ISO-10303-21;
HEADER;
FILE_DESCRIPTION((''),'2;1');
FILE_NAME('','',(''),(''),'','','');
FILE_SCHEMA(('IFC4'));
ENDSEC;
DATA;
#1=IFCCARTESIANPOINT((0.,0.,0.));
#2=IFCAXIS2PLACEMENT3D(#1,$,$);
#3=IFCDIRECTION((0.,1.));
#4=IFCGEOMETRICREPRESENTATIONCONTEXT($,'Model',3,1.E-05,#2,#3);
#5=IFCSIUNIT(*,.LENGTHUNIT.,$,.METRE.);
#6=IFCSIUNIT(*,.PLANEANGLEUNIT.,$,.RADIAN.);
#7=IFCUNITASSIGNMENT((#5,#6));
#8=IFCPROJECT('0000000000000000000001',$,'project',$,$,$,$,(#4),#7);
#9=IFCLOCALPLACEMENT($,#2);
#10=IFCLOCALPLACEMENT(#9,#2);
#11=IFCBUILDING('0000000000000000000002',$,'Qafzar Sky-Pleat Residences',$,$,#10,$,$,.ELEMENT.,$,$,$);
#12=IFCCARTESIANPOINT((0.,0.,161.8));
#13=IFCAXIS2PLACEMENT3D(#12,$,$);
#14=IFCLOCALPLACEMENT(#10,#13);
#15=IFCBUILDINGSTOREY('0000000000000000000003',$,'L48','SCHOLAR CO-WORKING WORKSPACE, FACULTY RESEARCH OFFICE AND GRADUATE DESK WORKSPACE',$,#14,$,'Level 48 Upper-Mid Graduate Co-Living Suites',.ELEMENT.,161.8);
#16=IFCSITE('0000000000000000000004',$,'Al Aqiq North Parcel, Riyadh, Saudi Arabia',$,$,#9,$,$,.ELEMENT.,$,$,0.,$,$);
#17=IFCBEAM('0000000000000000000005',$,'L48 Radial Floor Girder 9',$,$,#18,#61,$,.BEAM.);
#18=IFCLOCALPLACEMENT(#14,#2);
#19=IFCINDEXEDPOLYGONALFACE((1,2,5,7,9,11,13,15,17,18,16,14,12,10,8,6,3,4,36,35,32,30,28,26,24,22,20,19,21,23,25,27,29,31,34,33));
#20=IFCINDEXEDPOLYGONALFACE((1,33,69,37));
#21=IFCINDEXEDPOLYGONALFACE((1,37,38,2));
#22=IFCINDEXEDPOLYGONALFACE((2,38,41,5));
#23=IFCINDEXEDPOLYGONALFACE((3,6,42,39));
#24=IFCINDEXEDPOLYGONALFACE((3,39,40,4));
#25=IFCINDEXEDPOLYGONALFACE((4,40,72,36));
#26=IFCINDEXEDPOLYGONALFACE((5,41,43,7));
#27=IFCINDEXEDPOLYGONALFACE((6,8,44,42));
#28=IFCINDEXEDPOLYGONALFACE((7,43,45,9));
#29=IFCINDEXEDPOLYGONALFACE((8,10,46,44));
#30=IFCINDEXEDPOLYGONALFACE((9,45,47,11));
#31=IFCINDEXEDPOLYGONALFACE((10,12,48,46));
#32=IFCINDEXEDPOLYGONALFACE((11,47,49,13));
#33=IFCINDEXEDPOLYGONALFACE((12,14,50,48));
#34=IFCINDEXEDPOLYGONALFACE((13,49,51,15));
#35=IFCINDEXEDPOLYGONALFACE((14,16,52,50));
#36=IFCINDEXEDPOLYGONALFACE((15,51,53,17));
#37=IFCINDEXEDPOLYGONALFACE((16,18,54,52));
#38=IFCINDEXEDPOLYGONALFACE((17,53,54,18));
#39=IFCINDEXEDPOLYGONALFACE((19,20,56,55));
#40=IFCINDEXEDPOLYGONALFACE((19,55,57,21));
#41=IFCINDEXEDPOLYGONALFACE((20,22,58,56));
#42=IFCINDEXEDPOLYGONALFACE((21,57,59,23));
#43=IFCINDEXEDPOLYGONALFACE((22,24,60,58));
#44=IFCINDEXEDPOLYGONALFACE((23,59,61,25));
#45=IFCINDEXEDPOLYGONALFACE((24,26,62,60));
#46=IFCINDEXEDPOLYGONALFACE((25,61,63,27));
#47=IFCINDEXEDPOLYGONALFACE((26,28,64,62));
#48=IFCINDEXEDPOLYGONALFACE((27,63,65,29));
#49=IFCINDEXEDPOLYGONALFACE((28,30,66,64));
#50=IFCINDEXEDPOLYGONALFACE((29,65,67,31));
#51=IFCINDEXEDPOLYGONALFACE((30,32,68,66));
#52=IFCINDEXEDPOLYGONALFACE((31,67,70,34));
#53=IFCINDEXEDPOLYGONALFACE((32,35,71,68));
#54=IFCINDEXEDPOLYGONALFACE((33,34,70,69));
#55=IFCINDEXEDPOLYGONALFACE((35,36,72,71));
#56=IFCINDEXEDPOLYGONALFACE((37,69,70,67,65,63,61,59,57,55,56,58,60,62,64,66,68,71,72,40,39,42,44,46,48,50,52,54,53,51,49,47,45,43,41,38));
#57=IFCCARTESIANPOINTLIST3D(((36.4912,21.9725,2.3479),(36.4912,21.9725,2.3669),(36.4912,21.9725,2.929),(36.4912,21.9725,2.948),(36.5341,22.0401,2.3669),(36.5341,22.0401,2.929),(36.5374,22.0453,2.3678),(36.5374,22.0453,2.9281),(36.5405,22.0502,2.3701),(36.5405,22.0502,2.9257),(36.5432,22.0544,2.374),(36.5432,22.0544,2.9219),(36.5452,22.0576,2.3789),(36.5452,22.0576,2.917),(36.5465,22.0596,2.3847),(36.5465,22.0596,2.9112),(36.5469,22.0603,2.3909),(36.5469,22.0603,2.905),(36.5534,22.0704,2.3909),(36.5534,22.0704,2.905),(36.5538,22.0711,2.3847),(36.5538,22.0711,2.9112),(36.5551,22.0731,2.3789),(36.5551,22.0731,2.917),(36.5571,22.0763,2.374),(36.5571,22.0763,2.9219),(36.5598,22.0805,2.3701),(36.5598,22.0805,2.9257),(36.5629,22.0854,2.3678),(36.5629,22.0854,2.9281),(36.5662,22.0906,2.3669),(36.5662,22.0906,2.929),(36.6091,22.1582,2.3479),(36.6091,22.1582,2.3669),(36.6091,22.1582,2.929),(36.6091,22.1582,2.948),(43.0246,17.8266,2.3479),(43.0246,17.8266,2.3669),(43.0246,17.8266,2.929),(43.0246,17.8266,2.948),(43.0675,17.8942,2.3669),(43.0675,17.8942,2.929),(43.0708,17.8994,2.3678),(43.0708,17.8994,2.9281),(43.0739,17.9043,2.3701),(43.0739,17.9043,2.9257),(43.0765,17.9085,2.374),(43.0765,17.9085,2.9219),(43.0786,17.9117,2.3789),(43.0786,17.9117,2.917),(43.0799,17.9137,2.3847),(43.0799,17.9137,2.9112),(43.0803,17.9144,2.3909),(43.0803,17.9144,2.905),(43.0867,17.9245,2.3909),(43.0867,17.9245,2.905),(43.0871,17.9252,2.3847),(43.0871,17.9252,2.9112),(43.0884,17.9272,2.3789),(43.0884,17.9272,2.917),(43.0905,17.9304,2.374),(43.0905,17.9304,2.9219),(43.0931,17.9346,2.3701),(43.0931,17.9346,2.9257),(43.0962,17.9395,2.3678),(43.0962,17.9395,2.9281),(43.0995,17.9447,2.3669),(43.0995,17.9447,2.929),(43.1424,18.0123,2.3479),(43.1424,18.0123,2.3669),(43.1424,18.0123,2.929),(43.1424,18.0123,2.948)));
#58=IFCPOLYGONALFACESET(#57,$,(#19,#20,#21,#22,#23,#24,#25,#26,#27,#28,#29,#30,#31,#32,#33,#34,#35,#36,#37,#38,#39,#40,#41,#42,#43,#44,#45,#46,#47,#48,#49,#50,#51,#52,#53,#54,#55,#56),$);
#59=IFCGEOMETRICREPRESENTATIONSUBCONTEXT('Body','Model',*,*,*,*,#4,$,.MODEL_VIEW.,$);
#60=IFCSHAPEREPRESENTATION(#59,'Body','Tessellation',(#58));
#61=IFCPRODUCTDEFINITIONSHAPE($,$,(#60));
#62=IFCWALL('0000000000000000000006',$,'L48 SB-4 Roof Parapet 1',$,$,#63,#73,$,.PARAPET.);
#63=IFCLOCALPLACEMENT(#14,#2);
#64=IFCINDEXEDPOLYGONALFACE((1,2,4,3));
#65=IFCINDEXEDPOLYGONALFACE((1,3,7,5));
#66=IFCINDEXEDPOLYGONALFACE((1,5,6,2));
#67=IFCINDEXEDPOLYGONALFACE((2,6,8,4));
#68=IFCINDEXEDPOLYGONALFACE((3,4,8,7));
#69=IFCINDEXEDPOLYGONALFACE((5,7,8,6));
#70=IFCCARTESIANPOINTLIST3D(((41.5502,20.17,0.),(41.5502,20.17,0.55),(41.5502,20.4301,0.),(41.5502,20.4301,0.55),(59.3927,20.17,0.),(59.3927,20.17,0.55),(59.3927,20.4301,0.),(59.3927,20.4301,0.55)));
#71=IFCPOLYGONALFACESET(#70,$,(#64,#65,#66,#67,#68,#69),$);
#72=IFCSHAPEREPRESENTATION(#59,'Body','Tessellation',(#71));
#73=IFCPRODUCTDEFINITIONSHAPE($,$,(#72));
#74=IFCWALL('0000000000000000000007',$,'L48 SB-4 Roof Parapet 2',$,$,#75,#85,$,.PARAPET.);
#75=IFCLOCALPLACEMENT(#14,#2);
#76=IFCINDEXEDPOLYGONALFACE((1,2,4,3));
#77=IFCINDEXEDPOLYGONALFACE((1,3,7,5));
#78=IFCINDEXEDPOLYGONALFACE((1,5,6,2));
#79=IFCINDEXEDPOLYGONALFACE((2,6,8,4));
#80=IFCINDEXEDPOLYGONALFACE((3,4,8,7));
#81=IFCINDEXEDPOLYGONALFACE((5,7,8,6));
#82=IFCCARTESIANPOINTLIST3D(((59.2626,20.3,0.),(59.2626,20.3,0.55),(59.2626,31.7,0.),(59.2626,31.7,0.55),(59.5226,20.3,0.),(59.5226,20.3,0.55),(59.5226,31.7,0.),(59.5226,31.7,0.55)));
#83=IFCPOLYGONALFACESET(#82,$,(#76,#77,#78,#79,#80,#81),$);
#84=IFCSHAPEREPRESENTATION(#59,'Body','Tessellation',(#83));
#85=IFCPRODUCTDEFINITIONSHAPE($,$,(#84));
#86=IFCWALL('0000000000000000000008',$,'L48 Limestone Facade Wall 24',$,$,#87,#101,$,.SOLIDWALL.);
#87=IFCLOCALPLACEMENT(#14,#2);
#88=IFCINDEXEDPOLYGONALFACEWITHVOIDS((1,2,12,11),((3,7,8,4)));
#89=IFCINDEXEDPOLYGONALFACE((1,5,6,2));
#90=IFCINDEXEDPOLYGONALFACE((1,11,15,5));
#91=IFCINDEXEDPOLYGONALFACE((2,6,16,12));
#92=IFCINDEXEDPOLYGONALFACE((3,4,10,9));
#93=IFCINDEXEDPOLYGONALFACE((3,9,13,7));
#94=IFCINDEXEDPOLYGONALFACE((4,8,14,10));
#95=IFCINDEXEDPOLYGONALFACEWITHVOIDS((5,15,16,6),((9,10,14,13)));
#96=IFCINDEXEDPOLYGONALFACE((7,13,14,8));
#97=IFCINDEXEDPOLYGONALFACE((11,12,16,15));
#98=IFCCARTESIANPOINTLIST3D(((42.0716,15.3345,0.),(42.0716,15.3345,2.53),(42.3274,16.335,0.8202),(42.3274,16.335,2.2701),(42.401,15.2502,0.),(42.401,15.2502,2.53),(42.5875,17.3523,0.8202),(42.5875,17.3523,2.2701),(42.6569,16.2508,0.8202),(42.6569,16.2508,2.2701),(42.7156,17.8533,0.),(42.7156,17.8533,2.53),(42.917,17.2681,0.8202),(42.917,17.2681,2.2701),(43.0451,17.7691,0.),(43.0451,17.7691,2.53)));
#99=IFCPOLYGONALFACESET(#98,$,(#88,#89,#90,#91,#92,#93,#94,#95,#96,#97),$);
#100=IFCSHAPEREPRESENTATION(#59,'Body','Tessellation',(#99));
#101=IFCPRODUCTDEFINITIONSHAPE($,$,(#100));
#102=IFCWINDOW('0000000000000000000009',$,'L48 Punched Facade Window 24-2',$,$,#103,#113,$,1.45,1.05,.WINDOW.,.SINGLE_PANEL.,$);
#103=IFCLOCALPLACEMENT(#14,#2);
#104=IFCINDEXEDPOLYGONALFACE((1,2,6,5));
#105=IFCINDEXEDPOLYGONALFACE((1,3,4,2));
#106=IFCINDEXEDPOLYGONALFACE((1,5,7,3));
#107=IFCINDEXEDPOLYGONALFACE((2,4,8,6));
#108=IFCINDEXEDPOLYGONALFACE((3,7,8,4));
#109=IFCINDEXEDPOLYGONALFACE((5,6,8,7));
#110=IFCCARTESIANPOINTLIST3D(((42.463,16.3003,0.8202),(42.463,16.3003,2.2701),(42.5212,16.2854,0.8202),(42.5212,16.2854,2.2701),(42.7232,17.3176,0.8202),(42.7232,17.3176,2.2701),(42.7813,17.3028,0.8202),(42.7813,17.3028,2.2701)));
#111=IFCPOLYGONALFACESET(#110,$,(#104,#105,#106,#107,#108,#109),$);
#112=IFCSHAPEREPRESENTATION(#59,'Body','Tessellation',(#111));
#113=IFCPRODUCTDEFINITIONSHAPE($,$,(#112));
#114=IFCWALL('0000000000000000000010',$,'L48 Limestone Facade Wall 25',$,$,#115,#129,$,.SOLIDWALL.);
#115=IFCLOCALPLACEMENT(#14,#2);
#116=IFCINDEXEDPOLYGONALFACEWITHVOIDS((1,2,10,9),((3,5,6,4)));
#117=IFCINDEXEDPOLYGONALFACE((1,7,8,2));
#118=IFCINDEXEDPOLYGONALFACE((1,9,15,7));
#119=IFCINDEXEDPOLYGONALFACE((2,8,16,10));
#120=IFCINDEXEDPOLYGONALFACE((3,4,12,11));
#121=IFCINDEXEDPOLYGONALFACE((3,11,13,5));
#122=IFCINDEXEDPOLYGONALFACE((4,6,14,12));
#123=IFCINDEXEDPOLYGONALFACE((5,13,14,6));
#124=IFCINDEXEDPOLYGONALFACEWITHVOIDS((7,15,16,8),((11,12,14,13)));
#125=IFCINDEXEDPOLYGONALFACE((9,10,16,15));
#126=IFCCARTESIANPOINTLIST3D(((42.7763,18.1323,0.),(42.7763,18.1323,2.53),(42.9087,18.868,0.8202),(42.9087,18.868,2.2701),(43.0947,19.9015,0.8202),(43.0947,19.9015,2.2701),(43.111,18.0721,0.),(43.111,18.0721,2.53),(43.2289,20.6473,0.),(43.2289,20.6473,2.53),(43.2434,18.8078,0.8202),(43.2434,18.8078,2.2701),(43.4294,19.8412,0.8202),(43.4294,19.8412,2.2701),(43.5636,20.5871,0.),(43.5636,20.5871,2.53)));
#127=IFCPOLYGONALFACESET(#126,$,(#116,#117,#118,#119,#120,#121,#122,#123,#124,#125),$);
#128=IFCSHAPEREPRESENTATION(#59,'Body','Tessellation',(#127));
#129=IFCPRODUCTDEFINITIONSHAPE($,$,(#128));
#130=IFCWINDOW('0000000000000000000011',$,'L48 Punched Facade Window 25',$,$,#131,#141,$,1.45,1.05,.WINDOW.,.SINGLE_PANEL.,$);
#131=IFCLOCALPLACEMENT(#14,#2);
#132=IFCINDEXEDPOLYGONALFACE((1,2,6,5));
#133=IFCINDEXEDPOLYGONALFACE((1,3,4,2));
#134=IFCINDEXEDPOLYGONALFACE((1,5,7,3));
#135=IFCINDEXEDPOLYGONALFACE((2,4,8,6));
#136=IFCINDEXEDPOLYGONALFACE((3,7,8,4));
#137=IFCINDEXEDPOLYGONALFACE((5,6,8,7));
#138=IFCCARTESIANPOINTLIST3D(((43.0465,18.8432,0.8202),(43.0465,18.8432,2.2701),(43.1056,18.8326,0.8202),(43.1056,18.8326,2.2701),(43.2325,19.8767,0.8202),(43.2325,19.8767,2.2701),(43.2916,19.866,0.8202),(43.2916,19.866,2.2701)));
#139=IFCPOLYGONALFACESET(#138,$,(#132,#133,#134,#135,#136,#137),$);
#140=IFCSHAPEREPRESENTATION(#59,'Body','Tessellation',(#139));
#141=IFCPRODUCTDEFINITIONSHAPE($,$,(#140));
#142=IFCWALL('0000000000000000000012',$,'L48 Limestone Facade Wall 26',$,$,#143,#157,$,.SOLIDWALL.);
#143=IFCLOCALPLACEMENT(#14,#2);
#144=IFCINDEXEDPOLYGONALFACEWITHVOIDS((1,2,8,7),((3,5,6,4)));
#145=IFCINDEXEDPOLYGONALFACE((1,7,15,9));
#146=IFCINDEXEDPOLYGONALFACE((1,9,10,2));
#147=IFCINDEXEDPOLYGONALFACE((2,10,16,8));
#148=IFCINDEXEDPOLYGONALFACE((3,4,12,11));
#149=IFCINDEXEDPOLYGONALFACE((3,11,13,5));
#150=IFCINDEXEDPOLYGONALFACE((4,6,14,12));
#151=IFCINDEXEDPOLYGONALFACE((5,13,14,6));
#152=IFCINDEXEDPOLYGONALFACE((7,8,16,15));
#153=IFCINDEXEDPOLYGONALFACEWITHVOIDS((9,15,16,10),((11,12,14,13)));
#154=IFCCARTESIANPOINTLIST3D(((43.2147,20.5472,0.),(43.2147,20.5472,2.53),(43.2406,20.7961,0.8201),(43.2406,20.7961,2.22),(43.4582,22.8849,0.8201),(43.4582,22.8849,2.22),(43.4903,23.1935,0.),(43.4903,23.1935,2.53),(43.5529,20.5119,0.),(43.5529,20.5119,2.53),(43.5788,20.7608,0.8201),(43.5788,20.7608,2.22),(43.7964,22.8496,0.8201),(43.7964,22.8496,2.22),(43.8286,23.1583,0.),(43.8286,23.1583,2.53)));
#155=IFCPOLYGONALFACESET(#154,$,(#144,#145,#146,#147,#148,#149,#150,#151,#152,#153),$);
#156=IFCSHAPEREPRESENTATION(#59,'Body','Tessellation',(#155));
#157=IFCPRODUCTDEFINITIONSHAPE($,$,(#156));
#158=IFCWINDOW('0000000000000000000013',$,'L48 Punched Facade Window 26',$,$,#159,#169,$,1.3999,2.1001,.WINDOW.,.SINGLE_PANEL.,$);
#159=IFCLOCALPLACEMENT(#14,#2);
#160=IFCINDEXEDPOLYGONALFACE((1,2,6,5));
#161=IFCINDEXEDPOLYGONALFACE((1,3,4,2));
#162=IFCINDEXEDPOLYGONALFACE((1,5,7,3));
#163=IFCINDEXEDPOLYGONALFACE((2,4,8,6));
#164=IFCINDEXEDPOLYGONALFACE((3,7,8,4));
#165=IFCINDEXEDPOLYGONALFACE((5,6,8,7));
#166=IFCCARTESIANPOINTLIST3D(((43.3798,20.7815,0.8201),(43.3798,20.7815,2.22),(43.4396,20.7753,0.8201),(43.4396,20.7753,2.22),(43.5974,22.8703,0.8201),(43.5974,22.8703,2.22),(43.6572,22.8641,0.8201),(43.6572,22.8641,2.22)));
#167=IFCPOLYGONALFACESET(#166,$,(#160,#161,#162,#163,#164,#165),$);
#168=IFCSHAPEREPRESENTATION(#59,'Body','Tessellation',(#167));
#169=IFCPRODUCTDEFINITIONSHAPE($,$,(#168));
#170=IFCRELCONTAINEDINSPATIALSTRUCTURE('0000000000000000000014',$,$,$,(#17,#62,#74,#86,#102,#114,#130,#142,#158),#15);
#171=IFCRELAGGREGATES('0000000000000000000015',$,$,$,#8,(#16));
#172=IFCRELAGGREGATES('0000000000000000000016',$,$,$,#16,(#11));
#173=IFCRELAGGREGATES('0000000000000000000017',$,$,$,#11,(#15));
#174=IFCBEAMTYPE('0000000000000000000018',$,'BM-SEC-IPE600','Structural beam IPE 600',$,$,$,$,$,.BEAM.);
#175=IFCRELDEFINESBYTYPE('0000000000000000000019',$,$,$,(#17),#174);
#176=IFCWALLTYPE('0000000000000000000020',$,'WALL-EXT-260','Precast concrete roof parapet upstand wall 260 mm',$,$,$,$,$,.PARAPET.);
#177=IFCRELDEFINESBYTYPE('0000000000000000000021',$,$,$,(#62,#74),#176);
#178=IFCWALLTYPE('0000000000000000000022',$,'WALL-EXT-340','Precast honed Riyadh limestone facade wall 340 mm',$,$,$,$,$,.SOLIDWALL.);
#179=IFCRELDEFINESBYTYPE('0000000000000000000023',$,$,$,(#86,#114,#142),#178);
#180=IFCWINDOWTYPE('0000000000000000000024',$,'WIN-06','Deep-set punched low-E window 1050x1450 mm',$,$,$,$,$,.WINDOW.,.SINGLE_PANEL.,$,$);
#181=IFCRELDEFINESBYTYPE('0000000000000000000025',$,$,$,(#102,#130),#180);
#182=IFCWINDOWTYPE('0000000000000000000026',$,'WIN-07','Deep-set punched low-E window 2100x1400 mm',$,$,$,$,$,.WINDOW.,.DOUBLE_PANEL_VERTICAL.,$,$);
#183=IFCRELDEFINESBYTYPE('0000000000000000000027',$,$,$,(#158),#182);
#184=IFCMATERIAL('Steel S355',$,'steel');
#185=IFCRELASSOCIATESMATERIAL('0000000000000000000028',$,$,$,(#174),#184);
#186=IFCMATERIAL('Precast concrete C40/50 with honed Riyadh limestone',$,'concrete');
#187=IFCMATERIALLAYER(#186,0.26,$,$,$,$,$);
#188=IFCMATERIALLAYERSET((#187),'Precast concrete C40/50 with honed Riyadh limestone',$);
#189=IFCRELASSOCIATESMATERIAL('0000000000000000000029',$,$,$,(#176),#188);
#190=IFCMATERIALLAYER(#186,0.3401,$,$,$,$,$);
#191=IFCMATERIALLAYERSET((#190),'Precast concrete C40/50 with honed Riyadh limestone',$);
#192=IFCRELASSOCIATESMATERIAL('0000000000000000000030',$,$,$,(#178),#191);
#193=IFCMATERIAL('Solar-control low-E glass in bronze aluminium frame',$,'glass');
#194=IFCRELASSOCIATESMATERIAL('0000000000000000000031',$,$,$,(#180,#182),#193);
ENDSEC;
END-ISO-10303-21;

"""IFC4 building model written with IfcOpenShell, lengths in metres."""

from ifc_helpers import new_model, si_unit, direction, frame, frame_2d, origin, origin_2d, place, context, subcontext, project, spatial, rectangle, i_section, extrude, source, transform, mapped, material, layer, layer_set, material_profile, profile_set, type_object, element, fill, save


model = new_model("IFC4")

# Units and contexts
model_context = context("Model", 3, precision=1e-05, world=origin(), true_north=direction((0.0, 1.0)))
body_context = subcontext(model_context, "Body", "Model", "MODEL_VIEW")
ifc_project = project(units=[si_unit("LENGTHUNIT", "METRE"), si_unit("PLANEANGLEUNIT", "RADIAN")], contexts=[model_context])

# Site, building, storey
site_placement = place(None, origin())
site = spatial("IfcSite", under=ifc_project, at=site_placement, Name="Al Aqiq North Parcel, Riyadh, Saudi Arabia", CompositionType="ELEMENT", RefElevation=0.0)
building_placement = place(site_placement, origin())
building = spatial("IfcBuilding", under=site, at=building_placement, Name="Qafzar Sky-Pleat Residences", CompositionType="ELEMENT")
storey_placement = place(building_placement, frame((0.0, 0.0, 161.8)))
storey = spatial("IfcBuildingStorey", under=building, at=storey_placement, Name="L48", Description="SCHOLAR CO-WORKING WORKSPACE, FACULTY RESEARCH OFFICE AND GRADUATE DESK WORKSPACE", LongName="Level 48 Upper-Mid Graduate Co-Living Suites", CompositionType="ELEMENT", Elevation=161.8)

# Shared definitions
ifc_material_1 = material(Name="Steel S355", Category="steel")

# Beam
ifc_material_profile_1 = material_profile(ifc_material_1, i_section(OverallWidth=0.22, OverallDepth=0.6001, WebThickness=0.012, FlangeThickness=0.019, FilletRadius=0.0239, at=origin_2d()), Name="IPE 600")
ifc_profile_set_1 = profile_set([ifc_material_profile_1], Name="Steel S355")
beam_type_1 = type_object("IfcBeamType", Name="BM-SEC-IPE600", Description="Structural beam IPE 600", PredefinedType="BEAM", material=ifc_profile_set_1)
shared_shape_1 = source(origin(), body_context, "Body", "SweptSolid", [
    extrude(i_section(OverallWidth=0.22, OverallDepth=0.6001, WebThickness=0.012, FlangeThickness=0.019, FilletRadius=0.0239, at=origin_2d()), origin(), (0.0, 0.0, 1.0), 7.7378),
])
beam_1_placement = place(storey_placement, frame((43.0835, 17.9194, 2.6479), z_axis=(-0.844343, 0.535803, 0.0), x_axis=(-0.535803, -0.844343, 0.0)))
element("IfcBeam", 1, at=beam_1_placement, inside=storey, type_object=beam_type_1, Name="L48 Radial Floor Girder 9", PredefinedType="BEAM", context=body_context, shape_type="MappedRepresentation", body=[
    mapped(shared_shape_1, transform((0.0, 0.0, 0.0), x_axis=(1.0, 0.0, 0.0), y_axis=(0.0, 1.0, 0.0), z_axis=(0.0, 0.0, 1.0), scale=1.0)),
])

# Walls
ifc_material_2 = material(Name="Precast concrete C40/50 with honed Riyadh limestone", Category="concrete")
ifc_layer_1 = layer(ifc_material_2, 0.26)
ifc_layer_set_1 = layer_set([ifc_layer_1], Name="Precast concrete C40/50 with honed Riyadh limestone")
wall_type_1 = type_object("IfcWallType", Name="WALL-EXT-260", Description="Precast concrete roof parapet upstand wall 260 mm", PredefinedType="PARAPET", material=ifc_layer_set_1)
wall_1_placement = place(storey_placement, frame((41.55, 20.3, 0.0), z_axis=(0.0, 0.0, 1.0), x_axis=(1.0, 0.0, 0.0)))
element("IfcWall", 2, at=wall_1_placement, inside=storey, type_object=wall_type_1, Name="L48 SB-4 Roof Parapet 1", PredefinedType="PARAPET", context=body_context, shape_type="SweptSolid", body=[
    extrude(rectangle(XDim=17.8425, YDim=0.26, at=frame_2d((8.9214, 0.0))), origin(), (0.0, 0.0, 1.0), 0.55),
])
wall_2_placement = place(storey_placement, frame((59.3926, 20.3, 0.0), z_axis=(0.0, 0.0, 1.0), x_axis=(0.0, 1.0, 0.0)))
element("IfcWall", 3, at=wall_2_placement, inside=storey, type_object=wall_type_1, Name="L48 SB-4 Roof Parapet 2", PredefinedType="PARAPET", context=body_context, shape_type="SweptSolid", body=[
    extrude(rectangle(XDim=11.3999, YDim=0.26, at=frame_2d((5.7, 0.0))), origin(), (0.0, 0.0, 1.0), 0.55),
])

# Walls, openings, windows
ifc_layer_2 = layer(ifc_material_2, 0.3401)
ifc_layer_set_2 = layer_set([ifc_layer_2], Name="Precast concrete C40/50 with honed Riyadh limestone")
wall_type_2 = type_object("IfcWallType", Name="WALL-EXT-340", Description="Precast honed Riyadh limestone facade wall 340 mm", PredefinedType="SOLIDWALL", material=ifc_layer_set_2)
wall_3_placement = place(storey_placement, frame((42.2363, 15.2925, 0.0), z_axis=(0.0, 0.0, 1.0), x_axis=(0.247725, 0.96883, 0.0)))
wall_3 = element("IfcWall", 4, at=wall_3_placement, inside=storey, type_object=wall_type_2, Name="L48 Limestone Facade Wall 24", PredefinedType="SOLIDWALL", context=body_context, shape_type="SweptSolid", body=[
    extrude(rectangle(XDim=2.5999, YDim=0.3401, at=frame_2d((1.2998, 0.0))), origin(), (0.0, 0.0, 1.0), 2.53),
])
opening_1_placement = place(wall_3_placement, frame((1.0327, 0.0, 0.8201)))
opening_1 = element("IfcOpeningElement", 5, at=opening_1_placement, cuts=wall_3, PredefinedType="OPENING", context=body_context, shape_type="SweptSolid", body=[
    extrude(rectangle(XDim=1.05, YDim=1.45, at=frame_2d((0.5249, 0.7251))), frame((0.0, 0.1802, 0.0), z_axis=(0.0, -1.0, 0.0), x_axis=(1.0, 0.0, 0.0)), (0.0, 0.0, 1.0), 0.3601),
])
ifc_material_3 = material(Name="Solar-control low-E glass in bronze aluminium frame", Category="glass")
window_type_1 = type_object("IfcWindowType", Name="WIN-06", Description="Deep-set punched low-E window 1050x1450 mm", PartitioningType="SINGLE_PANEL", PredefinedType="WINDOW", material=ifc_material_3)
shared_shape_2 = source(origin(), body_context, "Body", "SweptSolid", [
    extrude(rectangle(XDim=1.05, YDim=1.45, at=frame_2d((0.5249, 0.7251))), frame((0.0, 0.03, 0.0), z_axis=(0.0, -1.0, 0.0), x_axis=(1.0, 0.0, 0.0)), (0.0, 0.0, 1.0), 0.0601),
])
window_1_placement = place(opening_1_placement, origin())
window_1 = element("IfcWindow", 6, at=window_1_placement, inside=storey, type_object=window_type_1, Name="L48 Punched Facade Window 24-2", OverallHeight=1.45, OverallWidth=1.05, PartitioningType="SINGLE_PANEL", PredefinedType="WINDOW", context=body_context, shape_type="MappedRepresentation", body=[
    mapped(shared_shape_2, transform((0.0, 0.0, 0.0), x_axis=(1.0, 0.0, 0.0), y_axis=(0.0, 1.0, 0.0), z_axis=(0.0, 0.0, 1.0), scale=1.0)),
])
fill(opening_1, window_1)
wall_4_placement = place(storey_placement, frame((42.9436, 18.1021, 0.0), z_axis=(0.0, 0.0, 1.0), x_axis=(0.17712, 0.984189, 0.0)))
wall_4 = element("IfcWall", 7, at=wall_4_placement, inside=storey, type_object=wall_type_2, Name="L48 Limestone Facade Wall 25", PredefinedType="SOLIDWALL", context=body_context, shape_type="SweptSolid", body=[
    extrude(rectangle(XDim=2.5554, YDim=0.3401, at=frame_2d((1.2778, 0.0))), origin(), (0.0, 0.0, 1.0), 2.53),
])
opening_2_placement = place(wall_4_placement, frame((0.7478, 0.0, 0.8201)))
opening_2 = element("IfcOpeningElement", 8, at=opening_2_placement, cuts=wall_4, PredefinedType="OPENING", context=body_context, shape_type="SweptSolid", body=[
    extrude(rectangle(XDim=1.05, YDim=1.45, at=frame_2d((0.5249, 0.7251))), frame((0.0, 0.1802, 0.0), z_axis=(0.0, -1.0, 0.0), x_axis=(1.0, 0.0, 0.0)), (0.0, 0.0, 1.0), 0.3601),
])
window_2_placement = place(opening_2_placement, origin())
window_2 = element("IfcWindow", 9, at=window_2_placement, inside=storey, type_object=window_type_1, Name="L48 Punched Facade Window 25", OverallHeight=1.45, OverallWidth=1.05, PartitioningType="SINGLE_PANEL", PredefinedType="WINDOW", context=body_context, shape_type="MappedRepresentation", body=[
    mapped(shared_shape_2, transform((0.0, 0.0, 0.0), x_axis=(1.0, 0.0, 0.0), y_axis=(0.0, 1.0, 0.0), z_axis=(0.0, 0.0, 1.0), scale=1.0)),
])
fill(opening_2, window_2)
wall_5_placement = place(storey_placement, frame((43.3838, 20.5295, 0.0), z_axis=(0.0, 0.0, 1.0), x_axis=(0.1036, 0.994619, 0.0)))
wall_5 = element("IfcWall", 10, at=wall_5_placement, inside=storey, type_object=wall_type_2, Name="L48 Limestone Facade Wall 26", PredefinedType="SOLIDWALL", context=body_context, shape_type="SweptSolid", body=[
    extrude(rectangle(XDim=2.6606, YDim=0.3401, at=frame_2d((1.3303, 0.0))), origin(), (0.0, 0.0, 1.0), 2.53),
])
opening_3_placement = place(wall_5_placement, frame((0.2502, 0.0, 0.8201)))
opening_3 = element("IfcOpeningElement", 11, at=opening_3_placement, cuts=wall_5, PredefinedType="OPENING", context=body_context, shape_type="SweptSolid", body=[
    extrude(rectangle(XDim=2.1001, YDim=1.3999, at=frame_2d((1.05, 0.7))), frame((0.0, 0.1802, 0.0), z_axis=(0.0, -1.0, 0.0), x_axis=(1.0, 0.0, 0.0)), (0.0, 0.0, 1.0), 0.3601),
])
window_type_2 = type_object("IfcWindowType", Name="WIN-07", Description="Deep-set punched low-E window 2100x1400 mm", PartitioningType="DOUBLE_PANEL_VERTICAL", PredefinedType="WINDOW", material=ifc_material_3)
shared_shape_3 = source(origin(), body_context, "Body", "SweptSolid", [
    extrude(rectangle(XDim=2.1001, YDim=1.3999, at=frame_2d((1.05, 0.7))), frame((0.0, 0.03, 0.0), z_axis=(0.0, -1.0, 0.0), x_axis=(1.0, 0.0, 0.0)), (0.0, 0.0, 1.0), 0.0601),
])
window_3_placement = place(opening_3_placement, origin())
window_3 = element("IfcWindow", 12, at=window_3_placement, inside=storey, type_object=window_type_2, Name="L48 Punched Facade Window 26", OverallHeight=1.3999, OverallWidth=2.1001, PartitioningType="SINGLE_PANEL", PredefinedType="WINDOW", context=body_context, shape_type="MappedRepresentation", body=[
    mapped(shared_shape_3, transform((0.0, 0.0, 0.0), x_axis=(1.0, 0.0, 0.0), y_axis=(0.0, 1.0, 0.0), z_axis=(0.0, 0.0, 1.0), scale=1.0)),
])
fill(opening_3, window_3)

save(model, "model.ifc")
